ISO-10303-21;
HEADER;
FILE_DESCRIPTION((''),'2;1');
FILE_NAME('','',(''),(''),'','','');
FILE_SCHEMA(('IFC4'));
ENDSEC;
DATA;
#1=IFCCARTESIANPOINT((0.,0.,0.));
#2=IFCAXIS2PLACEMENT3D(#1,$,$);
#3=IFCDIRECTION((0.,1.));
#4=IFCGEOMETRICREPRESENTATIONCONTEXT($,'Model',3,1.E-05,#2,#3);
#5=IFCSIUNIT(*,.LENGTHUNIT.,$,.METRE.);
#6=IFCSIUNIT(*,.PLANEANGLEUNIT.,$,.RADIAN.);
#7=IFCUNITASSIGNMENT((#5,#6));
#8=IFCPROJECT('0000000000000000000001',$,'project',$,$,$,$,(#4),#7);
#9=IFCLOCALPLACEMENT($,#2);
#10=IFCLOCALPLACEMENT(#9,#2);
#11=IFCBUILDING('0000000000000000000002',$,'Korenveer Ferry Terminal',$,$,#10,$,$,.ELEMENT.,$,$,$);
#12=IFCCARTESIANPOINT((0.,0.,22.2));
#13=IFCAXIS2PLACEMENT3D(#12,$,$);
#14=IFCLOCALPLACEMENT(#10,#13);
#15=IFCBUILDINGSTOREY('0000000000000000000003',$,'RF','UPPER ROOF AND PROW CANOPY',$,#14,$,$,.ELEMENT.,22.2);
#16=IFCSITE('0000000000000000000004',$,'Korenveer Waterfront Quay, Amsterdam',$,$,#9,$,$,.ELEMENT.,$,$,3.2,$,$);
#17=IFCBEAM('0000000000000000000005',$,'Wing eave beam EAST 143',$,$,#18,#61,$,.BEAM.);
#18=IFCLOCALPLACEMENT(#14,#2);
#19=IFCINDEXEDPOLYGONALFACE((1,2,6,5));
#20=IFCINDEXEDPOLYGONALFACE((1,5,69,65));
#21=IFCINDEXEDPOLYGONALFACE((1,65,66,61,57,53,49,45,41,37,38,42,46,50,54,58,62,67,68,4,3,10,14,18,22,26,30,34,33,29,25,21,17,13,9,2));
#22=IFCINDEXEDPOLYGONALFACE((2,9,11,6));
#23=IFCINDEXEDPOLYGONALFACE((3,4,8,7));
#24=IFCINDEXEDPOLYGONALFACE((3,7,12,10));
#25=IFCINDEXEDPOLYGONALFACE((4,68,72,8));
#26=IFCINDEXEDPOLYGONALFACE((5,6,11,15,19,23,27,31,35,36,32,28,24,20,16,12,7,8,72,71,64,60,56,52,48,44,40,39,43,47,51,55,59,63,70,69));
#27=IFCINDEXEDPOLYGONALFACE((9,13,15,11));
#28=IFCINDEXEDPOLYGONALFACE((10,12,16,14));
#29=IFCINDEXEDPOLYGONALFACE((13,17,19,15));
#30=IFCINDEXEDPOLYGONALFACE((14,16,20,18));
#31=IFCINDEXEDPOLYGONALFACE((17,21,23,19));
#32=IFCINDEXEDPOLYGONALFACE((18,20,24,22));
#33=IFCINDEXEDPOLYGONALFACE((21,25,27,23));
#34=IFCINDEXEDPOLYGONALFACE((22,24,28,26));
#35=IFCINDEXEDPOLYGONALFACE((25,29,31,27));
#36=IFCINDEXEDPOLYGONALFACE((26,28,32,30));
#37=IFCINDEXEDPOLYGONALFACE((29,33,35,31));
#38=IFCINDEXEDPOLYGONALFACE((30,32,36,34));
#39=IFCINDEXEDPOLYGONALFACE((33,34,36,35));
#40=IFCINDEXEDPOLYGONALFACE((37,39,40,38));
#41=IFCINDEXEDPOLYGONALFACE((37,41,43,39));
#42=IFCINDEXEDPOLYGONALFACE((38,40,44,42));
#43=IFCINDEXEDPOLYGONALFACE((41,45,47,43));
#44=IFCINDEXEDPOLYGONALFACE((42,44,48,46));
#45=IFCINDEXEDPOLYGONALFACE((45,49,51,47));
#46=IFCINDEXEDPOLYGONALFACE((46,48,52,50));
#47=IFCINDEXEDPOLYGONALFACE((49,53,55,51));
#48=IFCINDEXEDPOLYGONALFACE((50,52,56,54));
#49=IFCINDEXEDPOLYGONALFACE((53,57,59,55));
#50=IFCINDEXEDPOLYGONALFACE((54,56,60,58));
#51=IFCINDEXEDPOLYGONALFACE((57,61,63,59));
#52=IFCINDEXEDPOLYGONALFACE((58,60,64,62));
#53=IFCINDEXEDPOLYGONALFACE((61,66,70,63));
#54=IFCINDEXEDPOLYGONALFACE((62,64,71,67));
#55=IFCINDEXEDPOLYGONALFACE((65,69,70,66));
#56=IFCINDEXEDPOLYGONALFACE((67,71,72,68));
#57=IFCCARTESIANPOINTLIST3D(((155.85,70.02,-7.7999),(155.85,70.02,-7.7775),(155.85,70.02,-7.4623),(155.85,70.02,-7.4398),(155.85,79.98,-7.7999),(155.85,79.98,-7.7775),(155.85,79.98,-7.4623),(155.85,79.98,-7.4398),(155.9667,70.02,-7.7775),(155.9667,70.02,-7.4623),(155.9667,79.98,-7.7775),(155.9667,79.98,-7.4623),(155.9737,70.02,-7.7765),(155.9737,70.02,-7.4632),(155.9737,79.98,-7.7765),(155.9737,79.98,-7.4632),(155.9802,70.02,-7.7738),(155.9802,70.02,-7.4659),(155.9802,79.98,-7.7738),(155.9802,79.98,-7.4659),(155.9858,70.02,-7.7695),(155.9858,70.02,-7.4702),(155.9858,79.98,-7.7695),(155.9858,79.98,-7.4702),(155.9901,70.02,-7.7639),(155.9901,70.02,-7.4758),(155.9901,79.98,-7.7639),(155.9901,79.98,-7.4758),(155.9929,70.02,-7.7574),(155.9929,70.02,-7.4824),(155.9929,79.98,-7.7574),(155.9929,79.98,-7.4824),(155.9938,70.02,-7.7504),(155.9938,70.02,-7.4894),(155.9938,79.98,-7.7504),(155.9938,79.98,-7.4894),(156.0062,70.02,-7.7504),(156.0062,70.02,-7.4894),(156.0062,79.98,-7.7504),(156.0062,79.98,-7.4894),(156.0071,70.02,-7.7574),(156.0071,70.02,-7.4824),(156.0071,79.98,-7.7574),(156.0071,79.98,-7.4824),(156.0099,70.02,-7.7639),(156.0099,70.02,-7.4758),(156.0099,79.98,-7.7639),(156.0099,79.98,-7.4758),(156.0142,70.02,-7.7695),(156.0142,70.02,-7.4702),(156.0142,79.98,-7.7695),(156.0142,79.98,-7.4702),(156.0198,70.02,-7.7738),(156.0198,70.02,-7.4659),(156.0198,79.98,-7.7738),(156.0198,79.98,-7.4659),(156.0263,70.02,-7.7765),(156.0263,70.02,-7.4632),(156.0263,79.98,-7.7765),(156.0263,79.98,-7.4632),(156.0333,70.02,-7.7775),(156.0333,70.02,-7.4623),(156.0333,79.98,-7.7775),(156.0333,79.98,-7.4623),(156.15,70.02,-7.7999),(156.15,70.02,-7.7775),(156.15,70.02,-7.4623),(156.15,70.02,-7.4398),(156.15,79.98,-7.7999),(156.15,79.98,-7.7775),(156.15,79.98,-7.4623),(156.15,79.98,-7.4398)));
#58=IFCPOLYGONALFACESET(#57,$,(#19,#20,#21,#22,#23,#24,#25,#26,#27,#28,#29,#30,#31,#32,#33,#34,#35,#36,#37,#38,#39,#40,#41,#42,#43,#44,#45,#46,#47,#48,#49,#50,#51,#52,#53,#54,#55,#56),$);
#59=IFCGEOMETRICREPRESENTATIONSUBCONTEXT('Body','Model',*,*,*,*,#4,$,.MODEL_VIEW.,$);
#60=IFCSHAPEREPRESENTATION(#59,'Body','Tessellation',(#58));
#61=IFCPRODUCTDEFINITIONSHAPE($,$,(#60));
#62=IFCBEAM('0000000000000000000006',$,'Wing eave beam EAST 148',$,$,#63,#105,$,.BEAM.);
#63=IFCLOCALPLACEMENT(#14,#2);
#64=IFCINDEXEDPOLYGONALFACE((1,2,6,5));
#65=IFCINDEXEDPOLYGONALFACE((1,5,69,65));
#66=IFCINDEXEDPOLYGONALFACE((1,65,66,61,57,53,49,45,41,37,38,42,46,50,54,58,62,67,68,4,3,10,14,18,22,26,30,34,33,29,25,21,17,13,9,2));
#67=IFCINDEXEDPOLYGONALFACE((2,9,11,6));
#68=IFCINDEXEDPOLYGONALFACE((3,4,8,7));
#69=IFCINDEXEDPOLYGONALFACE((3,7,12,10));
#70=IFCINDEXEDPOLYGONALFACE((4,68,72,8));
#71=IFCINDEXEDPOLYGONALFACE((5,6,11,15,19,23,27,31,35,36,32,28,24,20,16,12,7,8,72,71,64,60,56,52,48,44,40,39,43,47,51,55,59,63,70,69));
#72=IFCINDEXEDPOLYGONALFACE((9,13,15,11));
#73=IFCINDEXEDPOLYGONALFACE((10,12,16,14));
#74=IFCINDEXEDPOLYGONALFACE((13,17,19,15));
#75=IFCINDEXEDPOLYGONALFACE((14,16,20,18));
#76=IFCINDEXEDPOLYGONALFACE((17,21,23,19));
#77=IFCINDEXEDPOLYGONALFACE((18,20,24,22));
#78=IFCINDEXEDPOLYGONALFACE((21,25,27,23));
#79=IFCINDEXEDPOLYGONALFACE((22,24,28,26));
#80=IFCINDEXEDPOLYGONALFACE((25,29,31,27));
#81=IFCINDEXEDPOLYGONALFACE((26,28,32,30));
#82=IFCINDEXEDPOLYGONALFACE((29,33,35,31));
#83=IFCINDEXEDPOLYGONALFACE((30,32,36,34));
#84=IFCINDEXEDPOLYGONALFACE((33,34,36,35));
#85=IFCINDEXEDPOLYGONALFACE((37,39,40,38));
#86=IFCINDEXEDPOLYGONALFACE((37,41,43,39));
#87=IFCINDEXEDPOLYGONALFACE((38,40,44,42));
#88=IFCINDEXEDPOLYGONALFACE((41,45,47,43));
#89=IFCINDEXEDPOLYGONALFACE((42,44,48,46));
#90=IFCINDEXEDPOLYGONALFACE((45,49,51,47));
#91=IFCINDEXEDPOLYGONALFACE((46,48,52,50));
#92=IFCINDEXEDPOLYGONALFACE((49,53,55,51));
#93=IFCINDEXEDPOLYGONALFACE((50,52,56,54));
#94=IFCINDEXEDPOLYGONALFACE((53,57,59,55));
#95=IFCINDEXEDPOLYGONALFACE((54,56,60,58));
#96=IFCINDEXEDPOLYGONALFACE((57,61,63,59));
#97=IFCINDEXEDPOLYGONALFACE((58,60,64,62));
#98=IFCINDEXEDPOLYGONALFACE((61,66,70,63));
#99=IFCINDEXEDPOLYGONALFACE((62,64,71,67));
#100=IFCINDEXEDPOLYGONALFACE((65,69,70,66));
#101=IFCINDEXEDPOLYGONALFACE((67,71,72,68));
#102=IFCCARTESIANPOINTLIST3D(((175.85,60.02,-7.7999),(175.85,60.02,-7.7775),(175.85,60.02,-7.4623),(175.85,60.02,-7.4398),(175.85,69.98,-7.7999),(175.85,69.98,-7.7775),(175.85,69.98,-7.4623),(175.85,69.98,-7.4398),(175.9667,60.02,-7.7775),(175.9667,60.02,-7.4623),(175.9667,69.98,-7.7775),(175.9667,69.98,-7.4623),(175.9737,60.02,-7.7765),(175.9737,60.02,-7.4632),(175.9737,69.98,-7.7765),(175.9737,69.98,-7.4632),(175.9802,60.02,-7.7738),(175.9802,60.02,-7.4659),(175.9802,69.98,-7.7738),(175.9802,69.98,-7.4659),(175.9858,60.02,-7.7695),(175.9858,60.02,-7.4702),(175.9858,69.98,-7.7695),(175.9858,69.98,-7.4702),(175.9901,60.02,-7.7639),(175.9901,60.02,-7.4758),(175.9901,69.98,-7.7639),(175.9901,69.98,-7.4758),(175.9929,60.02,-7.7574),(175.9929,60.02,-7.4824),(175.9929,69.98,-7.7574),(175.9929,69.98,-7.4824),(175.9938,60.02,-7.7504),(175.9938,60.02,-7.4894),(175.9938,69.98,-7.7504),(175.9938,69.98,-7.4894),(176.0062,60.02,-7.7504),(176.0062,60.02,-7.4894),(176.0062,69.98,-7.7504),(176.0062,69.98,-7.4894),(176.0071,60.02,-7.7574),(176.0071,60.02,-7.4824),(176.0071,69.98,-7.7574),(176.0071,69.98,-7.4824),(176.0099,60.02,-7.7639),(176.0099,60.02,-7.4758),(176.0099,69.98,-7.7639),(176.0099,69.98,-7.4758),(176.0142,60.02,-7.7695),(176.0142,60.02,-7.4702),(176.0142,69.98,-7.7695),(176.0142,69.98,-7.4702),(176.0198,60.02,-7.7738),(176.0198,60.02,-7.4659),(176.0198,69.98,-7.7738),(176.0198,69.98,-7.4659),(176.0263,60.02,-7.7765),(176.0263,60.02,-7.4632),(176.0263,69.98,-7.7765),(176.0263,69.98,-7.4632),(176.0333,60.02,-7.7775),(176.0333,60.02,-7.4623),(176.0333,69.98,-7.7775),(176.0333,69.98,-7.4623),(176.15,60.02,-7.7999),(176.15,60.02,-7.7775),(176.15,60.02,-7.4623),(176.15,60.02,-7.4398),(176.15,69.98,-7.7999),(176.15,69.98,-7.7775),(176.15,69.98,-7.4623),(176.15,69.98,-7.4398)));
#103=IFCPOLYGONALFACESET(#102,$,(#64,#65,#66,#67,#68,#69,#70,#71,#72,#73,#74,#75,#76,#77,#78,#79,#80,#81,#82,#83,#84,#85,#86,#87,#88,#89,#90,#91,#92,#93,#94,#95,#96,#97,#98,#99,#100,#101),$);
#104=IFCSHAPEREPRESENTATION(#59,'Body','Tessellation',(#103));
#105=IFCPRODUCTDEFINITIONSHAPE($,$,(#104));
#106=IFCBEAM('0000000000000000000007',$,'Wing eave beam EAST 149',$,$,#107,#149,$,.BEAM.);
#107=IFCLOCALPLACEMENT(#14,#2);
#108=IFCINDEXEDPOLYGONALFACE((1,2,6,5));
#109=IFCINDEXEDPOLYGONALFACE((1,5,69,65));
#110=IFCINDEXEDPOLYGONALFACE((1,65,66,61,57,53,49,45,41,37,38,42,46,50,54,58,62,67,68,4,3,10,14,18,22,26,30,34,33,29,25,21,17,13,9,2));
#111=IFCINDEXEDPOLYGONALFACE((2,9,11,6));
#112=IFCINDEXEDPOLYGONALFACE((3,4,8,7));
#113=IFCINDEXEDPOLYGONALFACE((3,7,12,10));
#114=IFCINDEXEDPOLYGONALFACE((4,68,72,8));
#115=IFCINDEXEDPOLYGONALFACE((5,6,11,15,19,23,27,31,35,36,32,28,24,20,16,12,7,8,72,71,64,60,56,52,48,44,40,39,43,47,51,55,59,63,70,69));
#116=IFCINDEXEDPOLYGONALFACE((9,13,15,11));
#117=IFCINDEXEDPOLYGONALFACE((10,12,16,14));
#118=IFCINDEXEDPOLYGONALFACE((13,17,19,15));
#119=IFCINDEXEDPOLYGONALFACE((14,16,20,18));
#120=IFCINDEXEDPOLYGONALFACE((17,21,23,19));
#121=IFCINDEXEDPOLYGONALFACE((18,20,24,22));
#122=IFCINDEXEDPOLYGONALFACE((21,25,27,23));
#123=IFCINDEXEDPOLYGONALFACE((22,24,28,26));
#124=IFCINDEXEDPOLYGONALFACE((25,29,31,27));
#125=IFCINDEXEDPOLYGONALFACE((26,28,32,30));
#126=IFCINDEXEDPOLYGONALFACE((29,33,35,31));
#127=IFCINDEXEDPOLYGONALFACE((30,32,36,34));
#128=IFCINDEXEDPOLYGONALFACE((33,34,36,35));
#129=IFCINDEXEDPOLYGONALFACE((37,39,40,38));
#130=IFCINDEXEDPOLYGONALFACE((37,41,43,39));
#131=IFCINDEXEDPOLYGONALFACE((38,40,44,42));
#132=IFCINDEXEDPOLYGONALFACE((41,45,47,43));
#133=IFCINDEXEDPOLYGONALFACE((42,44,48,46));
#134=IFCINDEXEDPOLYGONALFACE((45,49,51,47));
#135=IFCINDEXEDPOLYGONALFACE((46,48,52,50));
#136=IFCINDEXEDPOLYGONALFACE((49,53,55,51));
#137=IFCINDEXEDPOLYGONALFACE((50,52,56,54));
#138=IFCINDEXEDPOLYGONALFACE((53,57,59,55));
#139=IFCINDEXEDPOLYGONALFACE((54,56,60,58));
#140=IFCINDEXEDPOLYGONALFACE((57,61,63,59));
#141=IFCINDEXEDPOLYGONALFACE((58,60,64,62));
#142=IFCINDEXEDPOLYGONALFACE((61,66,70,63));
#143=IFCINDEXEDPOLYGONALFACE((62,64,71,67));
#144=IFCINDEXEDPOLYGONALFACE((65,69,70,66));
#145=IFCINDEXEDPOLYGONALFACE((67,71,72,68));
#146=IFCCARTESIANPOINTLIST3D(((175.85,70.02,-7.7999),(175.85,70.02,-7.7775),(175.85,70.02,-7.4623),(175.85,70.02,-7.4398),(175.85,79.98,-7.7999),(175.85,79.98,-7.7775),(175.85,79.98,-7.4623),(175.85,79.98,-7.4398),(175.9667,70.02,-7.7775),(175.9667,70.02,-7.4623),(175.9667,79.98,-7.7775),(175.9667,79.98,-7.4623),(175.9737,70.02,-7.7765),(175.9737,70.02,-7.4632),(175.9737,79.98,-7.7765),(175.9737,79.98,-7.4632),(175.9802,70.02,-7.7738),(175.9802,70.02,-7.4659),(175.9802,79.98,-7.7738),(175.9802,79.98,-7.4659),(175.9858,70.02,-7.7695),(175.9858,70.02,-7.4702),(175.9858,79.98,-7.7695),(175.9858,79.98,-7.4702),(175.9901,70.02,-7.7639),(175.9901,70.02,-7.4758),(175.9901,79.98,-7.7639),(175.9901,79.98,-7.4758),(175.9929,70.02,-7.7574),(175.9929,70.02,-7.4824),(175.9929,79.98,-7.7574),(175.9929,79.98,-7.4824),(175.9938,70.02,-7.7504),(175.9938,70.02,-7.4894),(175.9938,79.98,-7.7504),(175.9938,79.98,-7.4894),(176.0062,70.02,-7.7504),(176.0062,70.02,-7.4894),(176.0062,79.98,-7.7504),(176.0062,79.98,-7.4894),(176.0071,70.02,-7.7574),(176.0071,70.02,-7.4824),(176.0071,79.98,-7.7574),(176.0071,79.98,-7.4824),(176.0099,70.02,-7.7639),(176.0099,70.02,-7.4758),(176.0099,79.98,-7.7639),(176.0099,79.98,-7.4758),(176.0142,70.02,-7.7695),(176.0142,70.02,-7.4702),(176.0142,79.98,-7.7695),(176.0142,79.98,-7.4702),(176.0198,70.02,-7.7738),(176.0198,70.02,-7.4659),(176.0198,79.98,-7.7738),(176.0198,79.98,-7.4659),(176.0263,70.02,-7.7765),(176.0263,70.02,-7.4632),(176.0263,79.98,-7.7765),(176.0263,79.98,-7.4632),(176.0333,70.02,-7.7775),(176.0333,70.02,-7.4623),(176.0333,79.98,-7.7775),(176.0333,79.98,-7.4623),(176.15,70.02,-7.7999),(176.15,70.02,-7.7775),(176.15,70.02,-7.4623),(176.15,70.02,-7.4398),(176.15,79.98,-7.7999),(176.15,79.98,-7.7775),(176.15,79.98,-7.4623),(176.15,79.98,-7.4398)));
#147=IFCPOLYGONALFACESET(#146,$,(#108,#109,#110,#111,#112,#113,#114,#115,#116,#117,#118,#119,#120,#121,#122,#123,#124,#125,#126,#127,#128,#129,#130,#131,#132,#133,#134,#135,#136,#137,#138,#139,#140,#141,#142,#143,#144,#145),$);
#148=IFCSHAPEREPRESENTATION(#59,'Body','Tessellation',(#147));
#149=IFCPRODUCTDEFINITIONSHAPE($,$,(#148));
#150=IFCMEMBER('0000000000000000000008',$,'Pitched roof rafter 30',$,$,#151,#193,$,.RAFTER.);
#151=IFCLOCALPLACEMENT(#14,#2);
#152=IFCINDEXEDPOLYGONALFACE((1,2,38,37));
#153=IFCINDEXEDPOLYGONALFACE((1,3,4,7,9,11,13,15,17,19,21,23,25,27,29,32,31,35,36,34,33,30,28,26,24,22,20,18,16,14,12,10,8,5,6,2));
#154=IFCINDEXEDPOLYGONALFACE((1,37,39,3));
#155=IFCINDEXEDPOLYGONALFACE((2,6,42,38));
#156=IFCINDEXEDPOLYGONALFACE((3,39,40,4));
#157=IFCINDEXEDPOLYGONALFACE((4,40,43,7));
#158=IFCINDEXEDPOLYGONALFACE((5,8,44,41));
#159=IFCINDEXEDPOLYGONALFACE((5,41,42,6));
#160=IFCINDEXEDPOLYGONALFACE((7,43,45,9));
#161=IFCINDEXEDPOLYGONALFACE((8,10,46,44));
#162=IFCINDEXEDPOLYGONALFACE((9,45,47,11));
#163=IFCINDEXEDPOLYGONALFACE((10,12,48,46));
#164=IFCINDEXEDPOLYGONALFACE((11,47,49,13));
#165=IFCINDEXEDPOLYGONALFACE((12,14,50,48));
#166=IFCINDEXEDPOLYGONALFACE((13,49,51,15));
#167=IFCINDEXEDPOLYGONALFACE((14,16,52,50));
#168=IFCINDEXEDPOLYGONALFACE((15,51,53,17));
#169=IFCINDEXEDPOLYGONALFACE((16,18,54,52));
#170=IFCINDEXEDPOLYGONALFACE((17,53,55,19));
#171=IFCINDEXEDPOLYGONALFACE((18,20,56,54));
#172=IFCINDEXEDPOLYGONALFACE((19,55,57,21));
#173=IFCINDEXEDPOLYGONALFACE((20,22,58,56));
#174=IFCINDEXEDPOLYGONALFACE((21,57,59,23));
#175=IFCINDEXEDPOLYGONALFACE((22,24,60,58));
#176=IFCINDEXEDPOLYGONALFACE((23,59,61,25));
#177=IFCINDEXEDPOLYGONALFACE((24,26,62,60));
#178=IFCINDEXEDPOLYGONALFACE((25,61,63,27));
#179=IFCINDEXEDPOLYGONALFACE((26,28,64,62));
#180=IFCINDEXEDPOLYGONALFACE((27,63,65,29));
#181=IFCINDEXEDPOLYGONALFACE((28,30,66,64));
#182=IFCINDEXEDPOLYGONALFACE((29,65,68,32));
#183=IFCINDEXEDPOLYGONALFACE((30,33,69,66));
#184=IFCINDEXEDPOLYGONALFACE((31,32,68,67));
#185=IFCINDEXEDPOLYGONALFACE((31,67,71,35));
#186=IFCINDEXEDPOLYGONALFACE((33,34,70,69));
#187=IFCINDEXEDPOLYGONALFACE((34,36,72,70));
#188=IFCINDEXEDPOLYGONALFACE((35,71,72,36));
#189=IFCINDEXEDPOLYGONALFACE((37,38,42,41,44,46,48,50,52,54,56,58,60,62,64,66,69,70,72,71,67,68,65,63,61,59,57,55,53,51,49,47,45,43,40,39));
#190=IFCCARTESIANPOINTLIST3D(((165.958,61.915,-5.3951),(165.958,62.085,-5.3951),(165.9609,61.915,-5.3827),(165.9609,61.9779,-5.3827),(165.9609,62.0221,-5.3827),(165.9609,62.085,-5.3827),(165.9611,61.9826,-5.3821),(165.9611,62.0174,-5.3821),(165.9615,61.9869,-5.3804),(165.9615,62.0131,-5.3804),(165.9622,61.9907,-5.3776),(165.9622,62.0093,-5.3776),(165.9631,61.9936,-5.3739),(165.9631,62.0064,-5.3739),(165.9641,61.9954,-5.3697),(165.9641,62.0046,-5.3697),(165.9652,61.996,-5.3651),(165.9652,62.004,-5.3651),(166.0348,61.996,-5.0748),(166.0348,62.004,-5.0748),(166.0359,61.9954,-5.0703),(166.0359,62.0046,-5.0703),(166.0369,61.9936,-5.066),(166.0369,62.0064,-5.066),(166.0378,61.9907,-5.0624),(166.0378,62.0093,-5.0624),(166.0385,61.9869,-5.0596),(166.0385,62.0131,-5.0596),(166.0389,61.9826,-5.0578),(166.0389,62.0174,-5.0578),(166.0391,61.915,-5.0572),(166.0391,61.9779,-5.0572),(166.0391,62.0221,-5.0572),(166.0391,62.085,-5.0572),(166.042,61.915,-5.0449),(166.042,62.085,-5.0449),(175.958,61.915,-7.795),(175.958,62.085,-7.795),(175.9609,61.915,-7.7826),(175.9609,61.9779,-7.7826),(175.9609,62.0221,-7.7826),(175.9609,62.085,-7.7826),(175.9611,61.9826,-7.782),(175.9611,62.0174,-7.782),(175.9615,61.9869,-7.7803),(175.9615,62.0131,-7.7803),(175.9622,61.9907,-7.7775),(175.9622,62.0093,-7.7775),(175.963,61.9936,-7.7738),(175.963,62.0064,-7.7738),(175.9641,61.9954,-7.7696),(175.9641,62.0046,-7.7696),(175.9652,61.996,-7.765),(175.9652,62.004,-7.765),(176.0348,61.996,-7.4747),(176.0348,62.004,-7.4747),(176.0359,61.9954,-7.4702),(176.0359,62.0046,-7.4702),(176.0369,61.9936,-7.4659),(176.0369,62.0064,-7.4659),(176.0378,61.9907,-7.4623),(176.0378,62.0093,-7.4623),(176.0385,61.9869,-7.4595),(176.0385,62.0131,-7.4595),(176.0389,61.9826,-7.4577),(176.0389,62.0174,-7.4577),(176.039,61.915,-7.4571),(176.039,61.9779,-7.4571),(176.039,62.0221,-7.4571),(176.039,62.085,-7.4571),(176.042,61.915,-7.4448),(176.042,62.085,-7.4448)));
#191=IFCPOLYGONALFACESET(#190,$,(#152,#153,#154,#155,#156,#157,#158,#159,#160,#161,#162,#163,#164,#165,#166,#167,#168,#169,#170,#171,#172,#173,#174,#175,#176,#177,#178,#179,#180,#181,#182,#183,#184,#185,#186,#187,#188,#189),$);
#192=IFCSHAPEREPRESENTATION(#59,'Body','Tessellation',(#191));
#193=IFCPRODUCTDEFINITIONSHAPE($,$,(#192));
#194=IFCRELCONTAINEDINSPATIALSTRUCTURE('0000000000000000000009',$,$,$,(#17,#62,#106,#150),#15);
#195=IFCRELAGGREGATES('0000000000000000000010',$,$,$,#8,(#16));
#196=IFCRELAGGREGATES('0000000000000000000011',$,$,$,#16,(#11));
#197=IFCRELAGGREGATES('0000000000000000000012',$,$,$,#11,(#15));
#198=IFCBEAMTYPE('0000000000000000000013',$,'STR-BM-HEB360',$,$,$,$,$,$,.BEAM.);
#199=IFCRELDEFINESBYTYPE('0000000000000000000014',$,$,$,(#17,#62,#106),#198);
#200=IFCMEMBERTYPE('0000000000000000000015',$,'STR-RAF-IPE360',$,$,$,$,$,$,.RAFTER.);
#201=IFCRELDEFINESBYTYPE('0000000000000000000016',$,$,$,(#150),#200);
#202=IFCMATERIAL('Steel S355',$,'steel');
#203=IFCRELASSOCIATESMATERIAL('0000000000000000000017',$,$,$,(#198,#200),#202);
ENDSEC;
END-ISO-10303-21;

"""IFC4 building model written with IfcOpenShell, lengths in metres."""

from ifc_helpers import new_model, si_unit, direction, frame, origin, origin_2d, place, context, subcontext, project, spatial, i_section, extrude, material, material_profile, profile_set, type_object, element, save


model = new_model("IFC4")

# Units and contexts
model_context = context("Model", 3, precision=1e-05, world=origin(), true_north=direction((0.0, 1.0)))
body_context = subcontext(model_context, "Body", "Model", "MODEL_VIEW")
ifc_project = project(units=[si_unit("LENGTHUNIT", "METRE"), si_unit("PLANEANGLEUNIT", "RADIAN")], contexts=[model_context])

# Site, building, storey
site_placement = place(None, origin())
site = spatial("IfcSite", under=ifc_project, at=site_placement, Name="Korenveer Waterfront Quay, Amsterdam", CompositionType="ELEMENT", RefElevation=3.2)
building_placement = place(site_placement, origin())
building = spatial("IfcBuilding", under=site, at=building_placement, Name="Korenveer Ferry Terminal", CompositionType="ELEMENT")
storey_placement = place(building_placement, frame((0.0, 0.0, 22.2)))
storey = spatial("IfcBuildingStorey", under=building, at=storey_placement, Name="RF", Description="UPPER ROOF AND PROW CANOPY", CompositionType="ELEMENT", Elevation=22.2)

# Beams
ifc_material_1 = material(Name="Steel S355", Category="steel")
ifc_material_profile_1 = material_profile(ifc_material_1, i_section(OverallWidth=0.3, OverallDepth=0.3601, WebThickness=0.0125, FlangeThickness=0.0225, FilletRadius=0.0271, at=origin_2d()), Name="HEB 360")
ifc_profile_set_1 = profile_set([ifc_material_profile_1], Name="Steel S355")
beam_type_1 = type_object("IfcBeamType", Name="STR-BM-HEB360", PredefinedType="BEAM", material=ifc_profile_set_1)
for number, where, z_axis, x_axis, name in (
    (1, (156.0, 70.02, -7.6199), (0.0, 1.0, 0.0), (-1.0, 0.0, 0.0), "Wing eave beam EAST 143"),
    (2, (176.0, 60.02, -7.6199), (0.0, 1.0, 0.0), (-1.0, 0.0, 0.0), "Wing eave beam EAST 148"),
    (3, (176.0, 70.02, -7.6199), (0.0, 1.0, 0.0), (-1.0, 0.0, 0.0), "Wing eave beam EAST 149"),
):
    element("IfcBeam", number, at=place(storey_placement, frame(where, z_axis=z_axis, x_axis=x_axis)), inside=storey, type_object=beam_type_1, Name=name, PredefinedType="BEAM", context=body_context, shape_type="SweptSolid", body=[
        extrude(i_section(OverallWidth=0.3, OverallDepth=0.3601, WebThickness=0.0125, FlangeThickness=0.0225, FilletRadius=0.0271, at=origin_2d()), origin(), (0.0, 0.0, 1.0), 9.96),
    ])

# Member
ifc_material_profile_2 = material_profile(ifc_material_1, i_section(OverallWidth=0.1699, OverallDepth=0.3601, WebThickness=0.0081, FlangeThickness=0.0127, FilletRadius=0.0181, at=origin_2d()), Name="IPE 360")
ifc_profile_set_2 = profile_set([ifc_material_profile_2], Name="Steel S355")
member_type_1 = type_object("IfcMemberType", Name="STR-RAF-IPE360", PredefinedType="RAFTER", material=ifc_profile_set_2)
for number, where, z_axis, x_axis, name in (
    (4, (166.0, 62.0, -5.22), (0.972389, 0.0, -0.233364), (0.0, 1.0, 0.0), "Pitched roof rafter 30"),
):
    element("IfcMember", number, at=place(storey_placement, frame(where, z_axis=z_axis, x_axis=x_axis)), inside=storey, type_object=member_type_1, Name=name, PredefinedType="RAFTER", context=body_context, shape_type="SweptSolid", body=[
        extrude(i_section(OverallWidth=0.1699, OverallDepth=0.3601, WebThickness=0.0081, FlangeThickness=0.0127, FilletRadius=0.0181, at=origin_2d()), origin(), (0.0, 0.0, 1.0), 10.2839),
    ])

save(model, "model.ifc")
